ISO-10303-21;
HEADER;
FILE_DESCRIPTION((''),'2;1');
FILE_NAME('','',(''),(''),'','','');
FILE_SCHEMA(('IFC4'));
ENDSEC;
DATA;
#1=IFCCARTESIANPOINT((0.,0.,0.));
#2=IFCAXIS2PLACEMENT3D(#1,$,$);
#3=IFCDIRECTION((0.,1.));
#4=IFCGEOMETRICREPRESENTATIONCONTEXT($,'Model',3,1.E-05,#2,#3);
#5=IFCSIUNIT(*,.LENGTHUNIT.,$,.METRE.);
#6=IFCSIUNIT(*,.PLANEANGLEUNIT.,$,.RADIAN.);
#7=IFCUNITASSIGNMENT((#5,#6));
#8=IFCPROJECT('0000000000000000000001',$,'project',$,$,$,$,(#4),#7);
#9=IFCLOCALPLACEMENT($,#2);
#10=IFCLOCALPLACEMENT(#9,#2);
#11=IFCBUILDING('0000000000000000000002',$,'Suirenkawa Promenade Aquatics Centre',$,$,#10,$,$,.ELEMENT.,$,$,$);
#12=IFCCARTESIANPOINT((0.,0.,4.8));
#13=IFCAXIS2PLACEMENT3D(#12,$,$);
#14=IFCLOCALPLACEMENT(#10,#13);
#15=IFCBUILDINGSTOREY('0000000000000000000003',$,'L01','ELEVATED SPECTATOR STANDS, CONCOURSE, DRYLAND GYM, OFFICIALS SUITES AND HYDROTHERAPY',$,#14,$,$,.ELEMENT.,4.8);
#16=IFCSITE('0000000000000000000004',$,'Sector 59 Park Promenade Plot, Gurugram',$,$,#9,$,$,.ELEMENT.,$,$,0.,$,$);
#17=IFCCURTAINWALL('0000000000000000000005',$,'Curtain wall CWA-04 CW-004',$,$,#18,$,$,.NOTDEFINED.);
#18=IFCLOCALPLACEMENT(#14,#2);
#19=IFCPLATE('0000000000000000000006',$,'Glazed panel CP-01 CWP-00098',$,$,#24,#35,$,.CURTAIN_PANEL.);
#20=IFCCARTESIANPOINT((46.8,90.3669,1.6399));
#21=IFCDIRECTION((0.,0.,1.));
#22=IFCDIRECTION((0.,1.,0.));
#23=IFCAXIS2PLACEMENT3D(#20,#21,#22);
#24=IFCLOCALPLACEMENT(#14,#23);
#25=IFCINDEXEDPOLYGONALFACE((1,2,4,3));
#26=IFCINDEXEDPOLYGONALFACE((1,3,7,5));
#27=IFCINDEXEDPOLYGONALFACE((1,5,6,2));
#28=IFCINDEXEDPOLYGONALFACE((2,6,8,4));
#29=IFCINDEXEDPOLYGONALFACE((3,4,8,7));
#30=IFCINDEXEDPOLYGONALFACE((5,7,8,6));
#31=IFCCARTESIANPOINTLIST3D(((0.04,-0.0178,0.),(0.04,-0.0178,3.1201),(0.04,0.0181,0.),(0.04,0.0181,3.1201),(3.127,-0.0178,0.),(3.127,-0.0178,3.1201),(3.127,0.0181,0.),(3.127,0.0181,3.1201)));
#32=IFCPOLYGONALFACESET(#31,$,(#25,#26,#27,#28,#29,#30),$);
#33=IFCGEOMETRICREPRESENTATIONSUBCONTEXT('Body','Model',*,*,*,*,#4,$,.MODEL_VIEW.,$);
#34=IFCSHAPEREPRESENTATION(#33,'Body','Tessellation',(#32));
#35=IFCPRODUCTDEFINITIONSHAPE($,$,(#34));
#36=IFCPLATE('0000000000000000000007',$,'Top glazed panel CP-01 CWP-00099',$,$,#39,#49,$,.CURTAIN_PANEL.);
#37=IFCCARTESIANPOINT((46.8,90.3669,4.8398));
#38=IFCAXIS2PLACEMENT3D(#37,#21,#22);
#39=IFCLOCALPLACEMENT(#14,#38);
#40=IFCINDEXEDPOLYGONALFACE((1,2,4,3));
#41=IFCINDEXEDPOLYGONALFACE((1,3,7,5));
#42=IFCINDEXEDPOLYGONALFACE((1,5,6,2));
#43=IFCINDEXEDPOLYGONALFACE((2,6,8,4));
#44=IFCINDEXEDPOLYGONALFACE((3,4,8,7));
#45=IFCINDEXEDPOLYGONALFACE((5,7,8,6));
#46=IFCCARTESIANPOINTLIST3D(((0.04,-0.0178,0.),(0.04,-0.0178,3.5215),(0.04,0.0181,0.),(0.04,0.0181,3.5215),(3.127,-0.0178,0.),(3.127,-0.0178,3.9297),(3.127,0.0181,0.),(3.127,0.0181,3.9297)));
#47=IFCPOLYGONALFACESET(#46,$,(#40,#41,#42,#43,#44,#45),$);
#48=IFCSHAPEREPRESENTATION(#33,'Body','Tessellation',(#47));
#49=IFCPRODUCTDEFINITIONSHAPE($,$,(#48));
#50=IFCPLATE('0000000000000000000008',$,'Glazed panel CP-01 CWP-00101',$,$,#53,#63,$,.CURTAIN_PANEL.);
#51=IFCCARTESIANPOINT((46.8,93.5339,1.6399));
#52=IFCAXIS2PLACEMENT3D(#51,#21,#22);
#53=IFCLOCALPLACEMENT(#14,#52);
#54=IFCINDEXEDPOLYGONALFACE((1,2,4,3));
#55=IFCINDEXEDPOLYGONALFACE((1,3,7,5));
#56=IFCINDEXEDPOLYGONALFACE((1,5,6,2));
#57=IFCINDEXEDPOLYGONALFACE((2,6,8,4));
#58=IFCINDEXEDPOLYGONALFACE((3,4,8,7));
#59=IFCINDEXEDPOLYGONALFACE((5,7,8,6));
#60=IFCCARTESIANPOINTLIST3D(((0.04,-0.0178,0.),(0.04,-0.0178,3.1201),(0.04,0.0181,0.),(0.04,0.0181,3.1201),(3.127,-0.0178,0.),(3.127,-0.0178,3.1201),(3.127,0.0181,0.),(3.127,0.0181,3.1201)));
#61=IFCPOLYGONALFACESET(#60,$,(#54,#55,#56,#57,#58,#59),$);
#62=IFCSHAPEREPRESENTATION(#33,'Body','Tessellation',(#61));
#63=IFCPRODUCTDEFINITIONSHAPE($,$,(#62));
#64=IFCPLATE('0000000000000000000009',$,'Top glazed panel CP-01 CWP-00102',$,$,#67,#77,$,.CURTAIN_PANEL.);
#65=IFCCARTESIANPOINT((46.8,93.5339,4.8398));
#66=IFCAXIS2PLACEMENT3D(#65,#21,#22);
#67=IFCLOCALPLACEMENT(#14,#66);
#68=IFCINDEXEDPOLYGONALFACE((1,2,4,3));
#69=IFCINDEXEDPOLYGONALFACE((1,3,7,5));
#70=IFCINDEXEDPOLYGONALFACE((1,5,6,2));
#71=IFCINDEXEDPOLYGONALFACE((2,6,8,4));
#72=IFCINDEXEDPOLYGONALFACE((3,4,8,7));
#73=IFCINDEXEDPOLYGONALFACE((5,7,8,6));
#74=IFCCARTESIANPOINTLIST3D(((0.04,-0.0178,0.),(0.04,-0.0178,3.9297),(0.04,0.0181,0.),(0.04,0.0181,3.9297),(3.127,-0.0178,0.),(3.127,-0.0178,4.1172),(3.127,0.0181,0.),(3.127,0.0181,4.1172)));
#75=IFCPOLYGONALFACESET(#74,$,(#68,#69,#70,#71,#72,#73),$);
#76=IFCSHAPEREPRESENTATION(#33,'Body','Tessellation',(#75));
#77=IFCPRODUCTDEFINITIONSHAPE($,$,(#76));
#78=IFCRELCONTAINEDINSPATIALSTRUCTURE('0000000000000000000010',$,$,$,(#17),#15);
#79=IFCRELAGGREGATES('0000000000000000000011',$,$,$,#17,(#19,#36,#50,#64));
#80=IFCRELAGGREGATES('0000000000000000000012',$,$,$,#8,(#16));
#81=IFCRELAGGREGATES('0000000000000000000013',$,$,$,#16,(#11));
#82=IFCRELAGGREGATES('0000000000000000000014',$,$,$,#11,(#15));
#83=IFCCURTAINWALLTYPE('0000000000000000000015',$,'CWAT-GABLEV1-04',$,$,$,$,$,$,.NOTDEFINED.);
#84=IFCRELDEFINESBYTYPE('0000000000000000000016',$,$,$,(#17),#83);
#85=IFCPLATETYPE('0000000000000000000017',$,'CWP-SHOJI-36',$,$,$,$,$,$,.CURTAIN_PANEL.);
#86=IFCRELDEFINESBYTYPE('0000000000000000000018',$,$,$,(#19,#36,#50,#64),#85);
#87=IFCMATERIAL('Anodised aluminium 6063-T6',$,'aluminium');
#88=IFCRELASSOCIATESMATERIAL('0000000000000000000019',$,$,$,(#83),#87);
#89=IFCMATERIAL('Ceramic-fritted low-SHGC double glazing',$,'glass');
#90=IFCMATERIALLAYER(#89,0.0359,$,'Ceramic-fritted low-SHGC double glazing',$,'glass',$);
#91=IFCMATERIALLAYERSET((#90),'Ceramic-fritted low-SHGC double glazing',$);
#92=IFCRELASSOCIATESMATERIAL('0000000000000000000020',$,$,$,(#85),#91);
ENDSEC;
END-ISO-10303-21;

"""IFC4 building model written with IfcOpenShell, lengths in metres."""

from ifc_helpers import new_model, si_unit, direction, frame, origin, place, context, subcontext, project, spatial, polyline, outline, extrude, material, layer, layer_set, type_object, element, aggregate, save


model = new_model("IFC4")

# Units and contexts
model_context = context("Model", 3, precision=1e-05, world=origin(), true_north=direction((0.0, 1.0)))
body_context = subcontext(model_context, "Body", "Model", "MODEL_VIEW")
ifc_project = project(units=[si_unit("LENGTHUNIT", "METRE"), si_unit("PLANEANGLEUNIT", "RADIAN")], contexts=[model_context])

# Site, building, storey
site_placement = place(None, origin())
site = spatial("IfcSite", under=ifc_project, at=site_placement, Name="Sector 59 Park Promenade Plot, Gurugram", CompositionType="ELEMENT", RefElevation=0.0)
building_placement = place(site_placement, origin())
building = spatial("IfcBuilding", under=site, at=building_placement, Name="Suirenkawa Promenade Aquatics Centre", CompositionType="ELEMENT")
storey_placement = place(building_placement, frame((0.0, 0.0, 4.8)))
storey = spatial("IfcBuildingStorey", under=building, at=storey_placement, Name="L01", Description="ELEVATED SPECTATOR STANDS, CONCOURSE, DRYLAND GYM, OFFICIALS SUITES AND HYDROTHERAPY", CompositionType="ELEMENT", Elevation=4.8)

# Curtain wall, plates
ifc_material_1 = material(Name="Anodised aluminium 6063-T6", Category="aluminium")
curtain_wall_type = type_object("IfcCurtainWallType", Name="CWAT-GABLEV1-04", PredefinedType="NOTDEFINED", material=ifc_material_1)
curtain_wall_placement = place(storey_placement, origin())
curtain_wall = element("IfcCurtainWall", 1, at=curtain_wall_placement, inside=storey, type_object=curtain_wall_type, Name="Curtain wall CWA-04 CW-004", PredefinedType="NOTDEFINED")
ifc_material_2 = material(Name="Ceramic-fritted low-SHGC double glazing", Category="glass")
ifc_layer_1 = layer(ifc_material_2, 0.0359, Name="Ceramic-fritted low-SHGC double glazing", Category="glass")
ifc_layer_set_1 = layer_set([ifc_layer_1], Name="Ceramic-fritted low-SHGC double glazing")
plate_type = type_object("IfcPlateType", Name="CWP-SHOJI-36", PredefinedType="CURTAIN_PANEL", material=ifc_layer_set_1)
plate_1_placement = place(storey_placement, frame((46.8, 90.3669, 1.6399), z_axis=(0.0, 0.0, 1.0), x_axis=(0.0, 1.0, 0.0)))
plate_1 = element("IfcPlate", 2, at=plate_1_placement, type_object=plate_type, Name="Glazed panel CP-01 CWP-00098", PredefinedType="CURTAIN_PANEL", context=body_context, shape_type="SweptSolid", body=[
    extrude(outline(polyline([(0.04, 0.0), (3.127, 0.0), (3.127, 3.1201), (0.04, 3.1201), (0.04, 0.0)])), frame((0.0, 0.0181, 0.0), z_axis=(0.0, -1.0, 0.0), x_axis=(1.0, 0.0, 0.0)), (0.0, 0.0, 1.0), 0.0359),
])
plate_2_placement = place(storey_placement, frame((46.8, 90.3669, 4.8398), z_axis=(0.0, 0.0, 1.0), x_axis=(0.0, 1.0, 0.0)))
plate_2 = element("IfcPlate", 3, at=plate_2_placement, type_object=plate_type, Name="Top glazed panel CP-01 CWP-00099", PredefinedType="CURTAIN_PANEL", context=body_context, shape_type="SweptSolid", body=[
    extrude(outline(polyline([(0.04, 0.0), (3.127, 0.0), (3.127, 3.9297), (0.04, 3.5215), (0.04, 0.0)])), frame((0.0, 0.0181, 0.0), z_axis=(0.0, -1.0, 0.0), x_axis=(1.0, 0.0, 0.0)), (0.0, 0.0, 1.0), 0.0359),
])
plate_3_placement = place(storey_placement, frame((46.8, 93.5339, 1.6399), z_axis=(0.0, 0.0, 1.0), x_axis=(0.0, 1.0, 0.0)))
plate_3 = element("IfcPlate", 4, at=plate_3_placement, type_object=plate_type, Name="Glazed panel CP-01 CWP-00101", PredefinedType="CURTAIN_PANEL", context=body_context, shape_type="SweptSolid", body=[
    extrude(outline(polyline([(0.04, 0.0), (3.127, 0.0), (3.127, 3.1201), (0.04, 3.1201), (0.04, 0.0)])), frame((0.0, 0.0181, 0.0), z_axis=(0.0, -1.0, 0.0), x_axis=(1.0, 0.0, 0.0)), (0.0, 0.0, 1.0), 0.0359),
])
plate_4_placement = place(storey_placement, frame((46.8, 93.5339, 4.8398), z_axis=(0.0, 0.0, 1.0), x_axis=(0.0, 1.0, 0.0)))
plate_4 = element("IfcPlate", 5, at=plate_4_placement, type_object=plate_type, Name="Top glazed panel CP-01 CWP-00102", PredefinedType="CURTAIN_PANEL", context=body_context, shape_type="SweptSolid", body=[
    extrude(outline(polyline([(0.04, 0.0), (3.127, 0.0), (3.127, 4.1172), (0.04, 3.9297), (0.04, 0.0)])), frame((0.0, 0.0181, 0.0), z_axis=(0.0, -1.0, 0.0), x_axis=(1.0, 0.0, 0.0)), (0.0, 0.0, 1.0), 0.0359),
])
aggregate(curtain_wall, [plate_1, plate_2, plate_3, plate_4])

save(model, "model.ifc")
